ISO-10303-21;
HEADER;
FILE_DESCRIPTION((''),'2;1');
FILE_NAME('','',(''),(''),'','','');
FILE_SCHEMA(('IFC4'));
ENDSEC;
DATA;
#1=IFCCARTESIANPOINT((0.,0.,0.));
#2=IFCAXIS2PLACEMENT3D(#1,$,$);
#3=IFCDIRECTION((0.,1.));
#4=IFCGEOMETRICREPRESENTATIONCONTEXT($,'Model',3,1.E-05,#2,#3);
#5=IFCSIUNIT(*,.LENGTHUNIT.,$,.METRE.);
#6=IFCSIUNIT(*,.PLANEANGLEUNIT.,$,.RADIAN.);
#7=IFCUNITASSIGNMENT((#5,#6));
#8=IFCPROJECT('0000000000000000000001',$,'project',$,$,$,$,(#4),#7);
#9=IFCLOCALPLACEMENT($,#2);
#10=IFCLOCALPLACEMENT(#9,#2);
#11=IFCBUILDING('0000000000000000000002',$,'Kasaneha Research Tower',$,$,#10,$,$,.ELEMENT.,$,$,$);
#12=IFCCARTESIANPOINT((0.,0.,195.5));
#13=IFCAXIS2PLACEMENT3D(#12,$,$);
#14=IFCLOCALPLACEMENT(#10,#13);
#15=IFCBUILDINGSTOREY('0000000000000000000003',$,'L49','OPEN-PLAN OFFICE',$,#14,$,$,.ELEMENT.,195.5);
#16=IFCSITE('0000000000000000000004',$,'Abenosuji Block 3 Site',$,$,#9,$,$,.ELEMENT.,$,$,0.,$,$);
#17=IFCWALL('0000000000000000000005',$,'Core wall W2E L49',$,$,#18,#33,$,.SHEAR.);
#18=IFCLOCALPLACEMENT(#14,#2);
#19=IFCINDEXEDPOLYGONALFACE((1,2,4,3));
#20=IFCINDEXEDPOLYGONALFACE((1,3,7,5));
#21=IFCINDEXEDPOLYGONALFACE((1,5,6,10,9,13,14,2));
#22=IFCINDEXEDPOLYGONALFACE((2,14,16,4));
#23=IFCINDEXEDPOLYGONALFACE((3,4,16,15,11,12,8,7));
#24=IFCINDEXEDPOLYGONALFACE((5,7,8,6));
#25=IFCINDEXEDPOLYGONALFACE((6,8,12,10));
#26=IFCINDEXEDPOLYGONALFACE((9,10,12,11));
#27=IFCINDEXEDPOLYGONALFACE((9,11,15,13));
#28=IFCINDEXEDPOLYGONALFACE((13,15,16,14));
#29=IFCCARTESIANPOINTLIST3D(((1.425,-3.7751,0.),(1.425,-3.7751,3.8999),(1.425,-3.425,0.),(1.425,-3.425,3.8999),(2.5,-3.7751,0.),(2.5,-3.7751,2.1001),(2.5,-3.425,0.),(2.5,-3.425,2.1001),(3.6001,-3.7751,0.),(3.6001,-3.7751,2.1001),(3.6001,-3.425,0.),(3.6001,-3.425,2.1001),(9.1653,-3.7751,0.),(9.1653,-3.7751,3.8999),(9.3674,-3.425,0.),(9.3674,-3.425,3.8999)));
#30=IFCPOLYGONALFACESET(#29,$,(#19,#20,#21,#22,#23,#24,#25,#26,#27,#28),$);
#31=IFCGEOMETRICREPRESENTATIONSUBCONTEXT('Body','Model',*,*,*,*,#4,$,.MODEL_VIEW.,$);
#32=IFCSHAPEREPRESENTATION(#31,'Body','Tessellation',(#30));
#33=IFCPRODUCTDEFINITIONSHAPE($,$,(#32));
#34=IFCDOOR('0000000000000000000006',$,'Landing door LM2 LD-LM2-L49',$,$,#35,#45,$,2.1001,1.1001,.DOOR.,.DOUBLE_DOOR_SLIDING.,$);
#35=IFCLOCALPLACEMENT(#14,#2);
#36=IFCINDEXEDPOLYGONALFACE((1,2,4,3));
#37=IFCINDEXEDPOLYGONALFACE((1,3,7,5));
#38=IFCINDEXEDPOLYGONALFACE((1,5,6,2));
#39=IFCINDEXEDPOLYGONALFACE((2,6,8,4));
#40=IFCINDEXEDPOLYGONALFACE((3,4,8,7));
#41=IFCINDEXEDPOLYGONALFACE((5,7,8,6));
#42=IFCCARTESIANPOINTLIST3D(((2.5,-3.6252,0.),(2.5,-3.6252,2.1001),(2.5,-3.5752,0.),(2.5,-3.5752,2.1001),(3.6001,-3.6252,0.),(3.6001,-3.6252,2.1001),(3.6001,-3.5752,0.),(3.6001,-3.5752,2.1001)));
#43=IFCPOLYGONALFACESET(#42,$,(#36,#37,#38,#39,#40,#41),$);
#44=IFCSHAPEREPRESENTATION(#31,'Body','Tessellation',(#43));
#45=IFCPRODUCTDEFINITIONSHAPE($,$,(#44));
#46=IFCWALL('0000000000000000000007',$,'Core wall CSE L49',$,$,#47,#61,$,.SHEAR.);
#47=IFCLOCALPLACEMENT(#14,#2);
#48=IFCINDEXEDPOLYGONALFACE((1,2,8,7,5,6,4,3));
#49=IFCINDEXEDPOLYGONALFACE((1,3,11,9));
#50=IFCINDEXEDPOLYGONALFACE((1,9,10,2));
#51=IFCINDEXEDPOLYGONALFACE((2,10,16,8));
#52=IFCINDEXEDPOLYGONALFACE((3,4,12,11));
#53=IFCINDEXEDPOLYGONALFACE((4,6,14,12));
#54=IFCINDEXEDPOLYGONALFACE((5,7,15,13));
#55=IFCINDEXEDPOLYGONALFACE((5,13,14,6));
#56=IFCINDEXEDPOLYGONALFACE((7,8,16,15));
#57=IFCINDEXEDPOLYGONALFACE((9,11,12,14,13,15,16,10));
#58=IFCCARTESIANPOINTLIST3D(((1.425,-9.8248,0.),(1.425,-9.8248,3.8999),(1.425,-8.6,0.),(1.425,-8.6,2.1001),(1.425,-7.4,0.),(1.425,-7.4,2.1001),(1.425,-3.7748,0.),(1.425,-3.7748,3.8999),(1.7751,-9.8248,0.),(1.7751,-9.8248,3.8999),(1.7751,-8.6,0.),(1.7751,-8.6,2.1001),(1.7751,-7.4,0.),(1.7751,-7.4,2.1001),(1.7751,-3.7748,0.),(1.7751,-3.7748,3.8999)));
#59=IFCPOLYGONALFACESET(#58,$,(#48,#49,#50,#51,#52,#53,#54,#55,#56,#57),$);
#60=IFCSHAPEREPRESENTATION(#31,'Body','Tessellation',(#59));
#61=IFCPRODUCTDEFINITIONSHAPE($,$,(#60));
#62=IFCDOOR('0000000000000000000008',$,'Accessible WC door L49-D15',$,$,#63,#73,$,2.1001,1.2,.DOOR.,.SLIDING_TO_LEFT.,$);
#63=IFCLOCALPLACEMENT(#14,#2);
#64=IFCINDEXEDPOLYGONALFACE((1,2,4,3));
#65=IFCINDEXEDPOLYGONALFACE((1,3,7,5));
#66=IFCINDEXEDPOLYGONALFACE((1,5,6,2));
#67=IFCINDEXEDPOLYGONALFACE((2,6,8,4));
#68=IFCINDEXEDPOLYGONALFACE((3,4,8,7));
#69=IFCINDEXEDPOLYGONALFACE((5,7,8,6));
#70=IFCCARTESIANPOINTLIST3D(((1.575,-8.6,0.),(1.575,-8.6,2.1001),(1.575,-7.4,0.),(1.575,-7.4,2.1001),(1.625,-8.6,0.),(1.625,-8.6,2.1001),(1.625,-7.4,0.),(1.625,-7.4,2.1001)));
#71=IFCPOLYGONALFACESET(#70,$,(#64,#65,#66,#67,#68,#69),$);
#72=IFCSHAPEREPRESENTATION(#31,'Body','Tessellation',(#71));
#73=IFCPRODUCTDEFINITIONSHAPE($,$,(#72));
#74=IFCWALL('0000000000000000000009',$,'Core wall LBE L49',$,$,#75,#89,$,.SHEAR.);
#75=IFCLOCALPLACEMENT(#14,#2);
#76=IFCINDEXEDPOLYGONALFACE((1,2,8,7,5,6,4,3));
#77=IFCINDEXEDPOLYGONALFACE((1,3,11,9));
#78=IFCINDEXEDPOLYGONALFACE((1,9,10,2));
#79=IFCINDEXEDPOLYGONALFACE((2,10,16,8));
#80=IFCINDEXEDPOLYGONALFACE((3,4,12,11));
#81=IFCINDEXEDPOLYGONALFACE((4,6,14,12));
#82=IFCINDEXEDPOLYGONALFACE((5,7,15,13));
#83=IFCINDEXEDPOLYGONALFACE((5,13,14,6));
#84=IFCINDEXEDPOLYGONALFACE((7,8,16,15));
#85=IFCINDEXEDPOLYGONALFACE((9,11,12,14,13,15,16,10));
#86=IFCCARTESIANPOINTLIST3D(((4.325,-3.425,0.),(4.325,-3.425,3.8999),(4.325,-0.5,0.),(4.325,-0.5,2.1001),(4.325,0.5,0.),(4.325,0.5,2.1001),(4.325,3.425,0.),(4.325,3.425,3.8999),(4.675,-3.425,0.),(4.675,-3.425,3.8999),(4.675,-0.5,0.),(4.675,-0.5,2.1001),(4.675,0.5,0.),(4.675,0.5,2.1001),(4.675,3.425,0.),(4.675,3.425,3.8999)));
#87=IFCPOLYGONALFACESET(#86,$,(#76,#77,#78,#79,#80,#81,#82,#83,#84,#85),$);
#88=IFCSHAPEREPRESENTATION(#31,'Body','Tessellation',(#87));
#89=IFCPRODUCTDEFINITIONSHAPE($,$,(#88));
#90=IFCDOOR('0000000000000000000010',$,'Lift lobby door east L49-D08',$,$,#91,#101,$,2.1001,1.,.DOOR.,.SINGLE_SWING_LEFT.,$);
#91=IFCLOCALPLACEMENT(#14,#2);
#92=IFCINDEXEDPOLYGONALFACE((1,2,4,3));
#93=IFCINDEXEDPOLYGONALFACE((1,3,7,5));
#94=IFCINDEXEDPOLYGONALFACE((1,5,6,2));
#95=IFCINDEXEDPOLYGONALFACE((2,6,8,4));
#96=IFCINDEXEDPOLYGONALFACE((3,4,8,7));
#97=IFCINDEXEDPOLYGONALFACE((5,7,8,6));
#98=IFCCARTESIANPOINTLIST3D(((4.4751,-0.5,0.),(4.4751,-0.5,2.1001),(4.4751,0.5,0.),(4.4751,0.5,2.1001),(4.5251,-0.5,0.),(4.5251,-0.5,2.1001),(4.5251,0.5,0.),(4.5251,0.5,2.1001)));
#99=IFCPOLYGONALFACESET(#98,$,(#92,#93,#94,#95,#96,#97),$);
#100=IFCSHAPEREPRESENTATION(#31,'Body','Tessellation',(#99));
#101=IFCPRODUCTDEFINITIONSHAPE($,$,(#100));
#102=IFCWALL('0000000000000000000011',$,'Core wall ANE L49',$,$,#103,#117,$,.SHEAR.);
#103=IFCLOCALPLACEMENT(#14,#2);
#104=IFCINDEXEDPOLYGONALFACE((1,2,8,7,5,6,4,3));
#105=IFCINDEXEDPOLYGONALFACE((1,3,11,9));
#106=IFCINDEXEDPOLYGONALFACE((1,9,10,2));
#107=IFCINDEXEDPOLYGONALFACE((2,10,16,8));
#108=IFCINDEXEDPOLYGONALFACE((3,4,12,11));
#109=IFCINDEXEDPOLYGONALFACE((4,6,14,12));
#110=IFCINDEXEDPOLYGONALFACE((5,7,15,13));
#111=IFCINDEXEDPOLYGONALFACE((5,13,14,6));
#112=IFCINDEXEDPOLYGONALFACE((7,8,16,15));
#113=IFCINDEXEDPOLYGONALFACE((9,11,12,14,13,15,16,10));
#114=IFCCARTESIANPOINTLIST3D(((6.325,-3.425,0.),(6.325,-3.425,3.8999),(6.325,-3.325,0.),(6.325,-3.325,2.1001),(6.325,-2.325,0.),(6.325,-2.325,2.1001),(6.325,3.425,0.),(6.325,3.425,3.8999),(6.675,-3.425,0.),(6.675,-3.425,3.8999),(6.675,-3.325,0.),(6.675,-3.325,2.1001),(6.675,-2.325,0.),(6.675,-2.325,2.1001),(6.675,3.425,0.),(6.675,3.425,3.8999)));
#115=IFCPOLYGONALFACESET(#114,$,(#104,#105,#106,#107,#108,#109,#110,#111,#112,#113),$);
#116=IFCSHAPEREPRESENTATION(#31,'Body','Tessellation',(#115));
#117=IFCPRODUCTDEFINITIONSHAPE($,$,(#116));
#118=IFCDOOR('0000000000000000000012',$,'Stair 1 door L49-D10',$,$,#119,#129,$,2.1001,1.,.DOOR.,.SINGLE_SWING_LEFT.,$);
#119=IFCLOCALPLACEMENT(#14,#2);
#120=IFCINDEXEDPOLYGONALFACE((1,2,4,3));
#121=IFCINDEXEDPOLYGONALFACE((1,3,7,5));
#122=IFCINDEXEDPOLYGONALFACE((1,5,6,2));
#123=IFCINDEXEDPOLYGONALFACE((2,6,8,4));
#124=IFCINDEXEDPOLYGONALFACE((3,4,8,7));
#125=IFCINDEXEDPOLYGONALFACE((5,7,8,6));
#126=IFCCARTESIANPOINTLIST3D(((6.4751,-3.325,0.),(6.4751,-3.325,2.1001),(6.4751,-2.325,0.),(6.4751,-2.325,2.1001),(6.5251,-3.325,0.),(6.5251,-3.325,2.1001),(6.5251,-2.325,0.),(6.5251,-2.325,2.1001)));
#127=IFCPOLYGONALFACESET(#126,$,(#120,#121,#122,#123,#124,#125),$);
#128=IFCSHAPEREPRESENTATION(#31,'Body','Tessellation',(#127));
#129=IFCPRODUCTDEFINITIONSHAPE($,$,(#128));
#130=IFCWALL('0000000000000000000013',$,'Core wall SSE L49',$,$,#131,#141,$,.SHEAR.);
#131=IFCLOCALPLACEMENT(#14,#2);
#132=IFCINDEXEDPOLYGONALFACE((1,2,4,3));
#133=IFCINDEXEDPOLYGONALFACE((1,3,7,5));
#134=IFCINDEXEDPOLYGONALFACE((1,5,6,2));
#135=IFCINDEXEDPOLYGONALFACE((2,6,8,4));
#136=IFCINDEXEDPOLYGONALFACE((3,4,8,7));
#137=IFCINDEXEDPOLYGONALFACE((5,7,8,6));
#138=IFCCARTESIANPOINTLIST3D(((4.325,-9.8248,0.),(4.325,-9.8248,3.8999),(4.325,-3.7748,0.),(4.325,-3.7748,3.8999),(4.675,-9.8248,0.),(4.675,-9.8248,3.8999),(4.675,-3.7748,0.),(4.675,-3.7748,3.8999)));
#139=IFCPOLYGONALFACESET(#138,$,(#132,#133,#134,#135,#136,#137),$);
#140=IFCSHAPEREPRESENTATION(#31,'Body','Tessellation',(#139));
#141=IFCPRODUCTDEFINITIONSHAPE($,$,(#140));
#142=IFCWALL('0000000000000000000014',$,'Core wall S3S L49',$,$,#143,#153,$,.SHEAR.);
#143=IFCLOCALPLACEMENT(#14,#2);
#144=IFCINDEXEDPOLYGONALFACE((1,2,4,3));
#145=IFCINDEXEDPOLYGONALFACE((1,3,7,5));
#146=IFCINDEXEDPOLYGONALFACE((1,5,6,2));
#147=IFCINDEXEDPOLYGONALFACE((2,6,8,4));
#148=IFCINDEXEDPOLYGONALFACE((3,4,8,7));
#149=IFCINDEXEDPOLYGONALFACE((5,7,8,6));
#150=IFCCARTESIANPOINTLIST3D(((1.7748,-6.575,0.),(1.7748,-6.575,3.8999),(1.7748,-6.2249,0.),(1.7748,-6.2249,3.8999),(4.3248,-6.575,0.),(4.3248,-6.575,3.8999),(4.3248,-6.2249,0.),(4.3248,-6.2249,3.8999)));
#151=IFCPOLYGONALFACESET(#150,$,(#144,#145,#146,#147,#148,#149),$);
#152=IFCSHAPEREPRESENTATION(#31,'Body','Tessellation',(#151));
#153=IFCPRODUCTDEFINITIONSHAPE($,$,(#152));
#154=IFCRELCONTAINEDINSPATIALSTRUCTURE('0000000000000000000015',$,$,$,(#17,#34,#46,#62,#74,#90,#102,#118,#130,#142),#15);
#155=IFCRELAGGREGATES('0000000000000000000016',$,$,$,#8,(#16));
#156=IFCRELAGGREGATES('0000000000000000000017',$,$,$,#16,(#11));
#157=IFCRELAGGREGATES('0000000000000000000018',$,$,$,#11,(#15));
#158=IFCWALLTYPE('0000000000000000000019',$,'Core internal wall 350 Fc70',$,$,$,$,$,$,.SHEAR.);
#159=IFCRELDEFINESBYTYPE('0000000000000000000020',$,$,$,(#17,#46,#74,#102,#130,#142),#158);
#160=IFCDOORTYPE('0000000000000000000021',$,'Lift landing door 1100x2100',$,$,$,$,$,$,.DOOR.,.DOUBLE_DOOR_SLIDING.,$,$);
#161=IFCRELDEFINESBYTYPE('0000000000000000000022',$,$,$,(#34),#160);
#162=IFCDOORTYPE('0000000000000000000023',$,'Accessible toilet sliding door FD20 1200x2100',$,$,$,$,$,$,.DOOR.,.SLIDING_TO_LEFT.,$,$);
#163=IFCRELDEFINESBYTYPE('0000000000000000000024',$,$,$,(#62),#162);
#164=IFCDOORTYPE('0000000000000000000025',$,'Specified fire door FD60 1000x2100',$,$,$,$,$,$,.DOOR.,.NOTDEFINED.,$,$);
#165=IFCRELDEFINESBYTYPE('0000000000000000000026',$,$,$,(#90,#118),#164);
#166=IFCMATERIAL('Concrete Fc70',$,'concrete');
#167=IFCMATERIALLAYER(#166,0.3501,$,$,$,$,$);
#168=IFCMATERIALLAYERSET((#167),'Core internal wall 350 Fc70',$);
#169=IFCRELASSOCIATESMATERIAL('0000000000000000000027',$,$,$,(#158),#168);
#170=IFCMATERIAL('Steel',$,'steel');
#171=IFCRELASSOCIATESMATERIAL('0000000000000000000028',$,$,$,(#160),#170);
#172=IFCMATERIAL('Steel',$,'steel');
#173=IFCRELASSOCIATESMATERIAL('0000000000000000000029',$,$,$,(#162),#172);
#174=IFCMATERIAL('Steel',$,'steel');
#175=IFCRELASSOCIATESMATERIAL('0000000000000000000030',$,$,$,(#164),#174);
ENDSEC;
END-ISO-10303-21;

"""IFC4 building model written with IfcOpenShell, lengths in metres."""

from ifc_helpers import new_model, si_unit, direction, frame, frame_2d, origin, place, context, subcontext, project, spatial, polyline, rectangle, outline, extrude, material, layer, layer_set, type_object, element, fill, save


model = new_model("IFC4")

# Units and contexts
model_context = context("Model", 3, precision=1e-05, world=origin(), true_north=direction((0.0, 1.0)))
body_context = subcontext(model_context, "Body", "Model", "MODEL_VIEW")
ifc_project = project(units=[si_unit("LENGTHUNIT", "METRE"), si_unit("PLANEANGLEUNIT", "RADIAN")], contexts=[model_context])

# Site, building, storey
site_placement = place(None, origin())
site = spatial("IfcSite", under=ifc_project, at=site_placement, Name="Abenosuji Block 3 Site", CompositionType="ELEMENT", RefElevation=0.0)
building_placement = place(site_placement, origin())
building = spatial("IfcBuilding", under=site, at=building_placement, Name="Kasaneha Research Tower", CompositionType="ELEMENT")
storey_placement = place(building_placement, frame((0.0, 0.0, 195.5)))
storey = spatial("IfcBuildingStorey", under=building, at=storey_placement, Name="L49", Description="OPEN-PLAN OFFICE", CompositionType="ELEMENT", Elevation=195.5)

# Walls, openings, doors
ifc_material_1 = material(Name="Concrete Fc70", Category="concrete")
ifc_layer_1 = layer(ifc_material_1, 0.3501)
ifc_layer_set_1 = layer_set([ifc_layer_1], Name="Core internal wall 350 Fc70")
wall_type_1 = type_object("IfcWallType", Name="Core internal wall 350 Fc70", PredefinedType="SHEAR", material=ifc_layer_set_1)
wall_1_placement = place(storey_placement, frame((1.425, -3.6001, 0.0), z_axis=(0.0, 0.0, 1.0), x_axis=(1.0, 0.0, 0.0)))
wall_1 = element("IfcWall", 1, at=wall_1_placement, inside=storey, type_object=wall_type_1, Name="Core wall W2E L49", PredefinedType="SHEAR", context=body_context, shape_type="SweptSolid", body=[
    extrude(outline(polyline([(0.0, -0.175), (1.075, -0.175), (2.175, -0.175), (7.7402, -0.175), (7.9424, 0.175), (2.175, 0.175), (1.075, 0.175), (0.0, 0.175), (0.0, -0.175)])), origin(), (0.0, 0.0, 1.0), 3.8999),
])
opening_1_placement = place(wall_1_placement, frame((1.075, 0.0, 0.0)))
opening_1 = element("IfcOpeningElement", 2, at=opening_1_placement, cuts=wall_1, PredefinedType="OPENING", context=body_context, shape_type="SweptSolid", body=[
    extrude(rectangle(XDim=1.1001, YDim=2.1001, at=frame_2d((0.55, 1.05))), frame((0.0, 0.1851, 0.0), z_axis=(0.0, -1.0, 0.0), x_axis=(1.0, 0.0, 0.0)), (0.0, 0.0, 1.0), 0.3701),
])
ifc_material_2 = material(Name="Steel", Category="steel")
door_type_1 = type_object("IfcDoorType", Name="Lift landing door 1100x2100", OperationType="DOUBLE_DOOR_SLIDING", PredefinedType="DOOR", material=ifc_material_2)
door_1_placement = place(opening_1_placement, origin())
door_1 = element("IfcDoor", 3, at=door_1_placement, inside=storey, type_object=door_type_1, Name="Landing door LM2 LD-LM2-L49", OperationType="DOUBLE_DOOR_SLIDING", OverallHeight=2.1001, OverallWidth=1.1001, PredefinedType="DOOR", context=body_context, shape_type="SweptSolid", body=[
    extrude(rectangle(XDim=1.1001, YDim=2.1001, at=frame_2d((0.55, 1.05))), frame((0.0, 0.0249, 0.0), z_axis=(0.0, -1.0, 0.0), x_axis=(1.0, 0.0, 0.0)), (0.0, 0.0, 1.0), 0.05),
])
fill(opening_1, door_1)
wall_2_placement = place(storey_placement, frame((1.6001, -3.7749, 0.0), z_axis=(0.0, 0.0, 1.0), x_axis=(0.0, -1.0, 0.0)))
wall_2 = element("IfcWall", 4, at=wall_2_placement, inside=storey, type_object=wall_type_1, Name="Core wall CSE L49", PredefinedType="SHEAR", context=body_context, shape_type="SweptSolid", body=[
    extrude(rectangle(XDim=6.05, YDim=0.3501, at=frame_2d((3.0249, 0.0))), origin(), (0.0, 0.0, 1.0), 3.8999),
])
opening_2_placement = place(wall_2_placement, frame((3.625, 0.0, 0.0)))
opening_2 = element("IfcOpeningElement", 5, at=opening_2_placement, cuts=wall_2, PredefinedType="OPENING", context=body_context, shape_type="SweptSolid", body=[
    extrude(rectangle(XDim=1.2, YDim=2.1001, at=frame_2d((0.6001, 1.05))), frame((0.0, 0.1851, 0.0), z_axis=(0.0, -1.0, 0.0), x_axis=(1.0, 0.0, 0.0)), (0.0, 0.0, 1.0), 0.3701),
])
ifc_material_3 = material(Name="Steel", Category="steel")
door_type_2 = type_object("IfcDoorType", Name="Accessible toilet sliding door FD20 1200x2100", OperationType="SLIDING_TO_LEFT", PredefinedType="DOOR", material=ifc_material_3)
door_2_placement = place(opening_2_placement, origin())
door_2 = element("IfcDoor", 6, at=door_2_placement, inside=storey, type_object=door_type_2, Name="Accessible WC door L49-D15", OperationType="SLIDING_TO_LEFT", OverallHeight=2.1001, OverallWidth=1.2, PredefinedType="DOOR", context=body_context, shape_type="SweptSolid", body=[
    extrude(rectangle(XDim=1.2, YDim=2.1001, at=frame_2d((0.6001, 1.05))), frame((0.0, 0.0249, 0.0), z_axis=(0.0, -1.0, 0.0), x_axis=(1.0, 0.0, 0.0)), (0.0, 0.0, 1.0), 0.05),
])
fill(opening_2, door_2)
wall_3_placement = place(storey_placement, frame((4.5, -3.425, 0.0), z_axis=(0.0, 0.0, 1.0), x_axis=(0.0, 1.0, 0.0)))
wall_3 = element("IfcWall", 7, at=wall_3_placement, inside=storey, type_object=wall_type_1, Name="Core wall LBE L49", PredefinedType="SHEAR", context=body_context, shape_type="SweptSolid", body=[
    extrude(rectangle(XDim=6.8501, YDim=0.3501, at=frame_2d((3.425, 0.0))), origin(), (0.0, 0.0, 1.0), 3.8999),
])
opening_3_placement = place(wall_3_placement, frame((2.925, 0.0, 0.0)))
opening_3 = element("IfcOpeningElement", 8, at=opening_3_placement, cuts=wall_3, PredefinedType="OPENING", context=body_context, shape_type="SweptSolid", body=[
    extrude(rectangle(XDim=1.0, YDim=2.1001, at=frame_2d((0.5, 1.05))), frame((0.0, 0.1851, 0.0), z_axis=(0.0, -1.0, 0.0), x_axis=(1.0, 0.0, 0.0)), (0.0, 0.0, 1.0), 0.3701),
])
ifc_material_4 = material(Name="Steel", Category="steel")
door_type_3 = type_object("IfcDoorType", Name="Specified fire door FD60 1000x2100", OperationType="NOTDEFINED", PredefinedType="DOOR", material=ifc_material_4)
door_3_placement = place(opening_3_placement, origin())
door_3 = element("IfcDoor", 9, at=door_3_placement, inside=storey, type_object=door_type_3, Name="Lift lobby door east L49-D08", OperationType="SINGLE_SWING_LEFT", OverallHeight=2.1001, OverallWidth=1.0, PredefinedType="DOOR", context=body_context, shape_type="SweptSolid", body=[
    extrude(rectangle(XDim=1.0, YDim=2.1001, at=frame_2d((0.5, 1.05))), frame((0.0, 0.0249, 0.0), z_axis=(0.0, -1.0, 0.0), x_axis=(1.0, 0.0, 0.0)), (0.0, 0.0, 1.0), 0.05),
])
fill(opening_3, door_3)
wall_4_placement = place(storey_placement, frame((6.5, -3.425, 0.0), z_axis=(0.0, 0.0, 1.0), x_axis=(0.0, 1.0, 0.0)))
wall_4 = element("IfcWall", 10, at=wall_4_placement, inside=storey, type_object=wall_type_1, Name="Core wall ANE L49", PredefinedType="SHEAR", context=body_context, shape_type="SweptSolid", body=[
    extrude(rectangle(XDim=6.8501, YDim=0.3501, at=frame_2d((3.425, 0.0))), origin(), (0.0, 0.0, 1.0), 3.8999),
])
opening_4_placement = place(wall_4_placement, frame((0.1001, 0.0, 0.0)))
opening_4 = element("IfcOpeningElement", 11, at=opening_4_placement, cuts=wall_4, PredefinedType="OPENING", context=body_context, shape_type="SweptSolid", body=[
    extrude(rectangle(XDim=1.0, YDim=2.1001, at=frame_2d((0.5, 1.05))), frame((0.0, 0.1851, 0.0), z_axis=(0.0, -1.0, 0.0), x_axis=(1.0, 0.0, 0.0)), (0.0, 0.0, 1.0), 0.3701),
])
door_4_placement = place(opening_4_placement, origin())
door_4 = element("IfcDoor", 12, at=door_4_placement, inside=storey, type_object=door_type_3, Name="Stair 1 door L49-D10", OperationType="SINGLE_SWING_LEFT", OverallHeight=2.1001, OverallWidth=1.0, PredefinedType="DOOR", context=body_context, shape_type="SweptSolid", body=[
    extrude(rectangle(XDim=1.0, YDim=2.1001, at=frame_2d((0.5, 1.05))), frame((0.0, 0.0249, 0.0), z_axis=(0.0, -1.0, 0.0), x_axis=(1.0, 0.0, 0.0)), (0.0, 0.0, 1.0), 0.05),
])
fill(opening_4, door_4)

# Walls
wall_5_placement = place(storey_placement, frame((4.5, -3.7749, 0.0), z_axis=(0.0, 0.0, 1.0), x_axis=(0.0, -1.0, 0.0)))
element("IfcWall", 13, at=wall_5_placement, inside=storey, type_object=wall_type_1, Name="Core wall SSE L49", PredefinedType="SHEAR", context=body_context, shape_type="SweptSolid", body=[
    extrude(rectangle(XDim=6.05, YDim=0.3501, at=frame_2d((3.0249, 0.0))), origin(), (0.0, 0.0, 1.0), 3.8999),
])
wall_6_placement = place(storey_placement, frame((1.7749, -6.3999, 0.0), z_axis=(0.0, 0.0, 1.0), x_axis=(1.0, 0.0, 0.0)))
element("IfcWall", 14, at=wall_6_placement, inside=storey, type_object=wall_type_1, Name="Core wall S3S L49", PredefinedType="SHEAR", context=body_context, shape_type="SweptSolid", body=[
    extrude(rectangle(XDim=2.55, YDim=0.3501, at=frame_2d((1.2749, 0.0))), origin(), (0.0, 0.0, 1.0), 3.8999),
])

save(model, "model.ifc")
